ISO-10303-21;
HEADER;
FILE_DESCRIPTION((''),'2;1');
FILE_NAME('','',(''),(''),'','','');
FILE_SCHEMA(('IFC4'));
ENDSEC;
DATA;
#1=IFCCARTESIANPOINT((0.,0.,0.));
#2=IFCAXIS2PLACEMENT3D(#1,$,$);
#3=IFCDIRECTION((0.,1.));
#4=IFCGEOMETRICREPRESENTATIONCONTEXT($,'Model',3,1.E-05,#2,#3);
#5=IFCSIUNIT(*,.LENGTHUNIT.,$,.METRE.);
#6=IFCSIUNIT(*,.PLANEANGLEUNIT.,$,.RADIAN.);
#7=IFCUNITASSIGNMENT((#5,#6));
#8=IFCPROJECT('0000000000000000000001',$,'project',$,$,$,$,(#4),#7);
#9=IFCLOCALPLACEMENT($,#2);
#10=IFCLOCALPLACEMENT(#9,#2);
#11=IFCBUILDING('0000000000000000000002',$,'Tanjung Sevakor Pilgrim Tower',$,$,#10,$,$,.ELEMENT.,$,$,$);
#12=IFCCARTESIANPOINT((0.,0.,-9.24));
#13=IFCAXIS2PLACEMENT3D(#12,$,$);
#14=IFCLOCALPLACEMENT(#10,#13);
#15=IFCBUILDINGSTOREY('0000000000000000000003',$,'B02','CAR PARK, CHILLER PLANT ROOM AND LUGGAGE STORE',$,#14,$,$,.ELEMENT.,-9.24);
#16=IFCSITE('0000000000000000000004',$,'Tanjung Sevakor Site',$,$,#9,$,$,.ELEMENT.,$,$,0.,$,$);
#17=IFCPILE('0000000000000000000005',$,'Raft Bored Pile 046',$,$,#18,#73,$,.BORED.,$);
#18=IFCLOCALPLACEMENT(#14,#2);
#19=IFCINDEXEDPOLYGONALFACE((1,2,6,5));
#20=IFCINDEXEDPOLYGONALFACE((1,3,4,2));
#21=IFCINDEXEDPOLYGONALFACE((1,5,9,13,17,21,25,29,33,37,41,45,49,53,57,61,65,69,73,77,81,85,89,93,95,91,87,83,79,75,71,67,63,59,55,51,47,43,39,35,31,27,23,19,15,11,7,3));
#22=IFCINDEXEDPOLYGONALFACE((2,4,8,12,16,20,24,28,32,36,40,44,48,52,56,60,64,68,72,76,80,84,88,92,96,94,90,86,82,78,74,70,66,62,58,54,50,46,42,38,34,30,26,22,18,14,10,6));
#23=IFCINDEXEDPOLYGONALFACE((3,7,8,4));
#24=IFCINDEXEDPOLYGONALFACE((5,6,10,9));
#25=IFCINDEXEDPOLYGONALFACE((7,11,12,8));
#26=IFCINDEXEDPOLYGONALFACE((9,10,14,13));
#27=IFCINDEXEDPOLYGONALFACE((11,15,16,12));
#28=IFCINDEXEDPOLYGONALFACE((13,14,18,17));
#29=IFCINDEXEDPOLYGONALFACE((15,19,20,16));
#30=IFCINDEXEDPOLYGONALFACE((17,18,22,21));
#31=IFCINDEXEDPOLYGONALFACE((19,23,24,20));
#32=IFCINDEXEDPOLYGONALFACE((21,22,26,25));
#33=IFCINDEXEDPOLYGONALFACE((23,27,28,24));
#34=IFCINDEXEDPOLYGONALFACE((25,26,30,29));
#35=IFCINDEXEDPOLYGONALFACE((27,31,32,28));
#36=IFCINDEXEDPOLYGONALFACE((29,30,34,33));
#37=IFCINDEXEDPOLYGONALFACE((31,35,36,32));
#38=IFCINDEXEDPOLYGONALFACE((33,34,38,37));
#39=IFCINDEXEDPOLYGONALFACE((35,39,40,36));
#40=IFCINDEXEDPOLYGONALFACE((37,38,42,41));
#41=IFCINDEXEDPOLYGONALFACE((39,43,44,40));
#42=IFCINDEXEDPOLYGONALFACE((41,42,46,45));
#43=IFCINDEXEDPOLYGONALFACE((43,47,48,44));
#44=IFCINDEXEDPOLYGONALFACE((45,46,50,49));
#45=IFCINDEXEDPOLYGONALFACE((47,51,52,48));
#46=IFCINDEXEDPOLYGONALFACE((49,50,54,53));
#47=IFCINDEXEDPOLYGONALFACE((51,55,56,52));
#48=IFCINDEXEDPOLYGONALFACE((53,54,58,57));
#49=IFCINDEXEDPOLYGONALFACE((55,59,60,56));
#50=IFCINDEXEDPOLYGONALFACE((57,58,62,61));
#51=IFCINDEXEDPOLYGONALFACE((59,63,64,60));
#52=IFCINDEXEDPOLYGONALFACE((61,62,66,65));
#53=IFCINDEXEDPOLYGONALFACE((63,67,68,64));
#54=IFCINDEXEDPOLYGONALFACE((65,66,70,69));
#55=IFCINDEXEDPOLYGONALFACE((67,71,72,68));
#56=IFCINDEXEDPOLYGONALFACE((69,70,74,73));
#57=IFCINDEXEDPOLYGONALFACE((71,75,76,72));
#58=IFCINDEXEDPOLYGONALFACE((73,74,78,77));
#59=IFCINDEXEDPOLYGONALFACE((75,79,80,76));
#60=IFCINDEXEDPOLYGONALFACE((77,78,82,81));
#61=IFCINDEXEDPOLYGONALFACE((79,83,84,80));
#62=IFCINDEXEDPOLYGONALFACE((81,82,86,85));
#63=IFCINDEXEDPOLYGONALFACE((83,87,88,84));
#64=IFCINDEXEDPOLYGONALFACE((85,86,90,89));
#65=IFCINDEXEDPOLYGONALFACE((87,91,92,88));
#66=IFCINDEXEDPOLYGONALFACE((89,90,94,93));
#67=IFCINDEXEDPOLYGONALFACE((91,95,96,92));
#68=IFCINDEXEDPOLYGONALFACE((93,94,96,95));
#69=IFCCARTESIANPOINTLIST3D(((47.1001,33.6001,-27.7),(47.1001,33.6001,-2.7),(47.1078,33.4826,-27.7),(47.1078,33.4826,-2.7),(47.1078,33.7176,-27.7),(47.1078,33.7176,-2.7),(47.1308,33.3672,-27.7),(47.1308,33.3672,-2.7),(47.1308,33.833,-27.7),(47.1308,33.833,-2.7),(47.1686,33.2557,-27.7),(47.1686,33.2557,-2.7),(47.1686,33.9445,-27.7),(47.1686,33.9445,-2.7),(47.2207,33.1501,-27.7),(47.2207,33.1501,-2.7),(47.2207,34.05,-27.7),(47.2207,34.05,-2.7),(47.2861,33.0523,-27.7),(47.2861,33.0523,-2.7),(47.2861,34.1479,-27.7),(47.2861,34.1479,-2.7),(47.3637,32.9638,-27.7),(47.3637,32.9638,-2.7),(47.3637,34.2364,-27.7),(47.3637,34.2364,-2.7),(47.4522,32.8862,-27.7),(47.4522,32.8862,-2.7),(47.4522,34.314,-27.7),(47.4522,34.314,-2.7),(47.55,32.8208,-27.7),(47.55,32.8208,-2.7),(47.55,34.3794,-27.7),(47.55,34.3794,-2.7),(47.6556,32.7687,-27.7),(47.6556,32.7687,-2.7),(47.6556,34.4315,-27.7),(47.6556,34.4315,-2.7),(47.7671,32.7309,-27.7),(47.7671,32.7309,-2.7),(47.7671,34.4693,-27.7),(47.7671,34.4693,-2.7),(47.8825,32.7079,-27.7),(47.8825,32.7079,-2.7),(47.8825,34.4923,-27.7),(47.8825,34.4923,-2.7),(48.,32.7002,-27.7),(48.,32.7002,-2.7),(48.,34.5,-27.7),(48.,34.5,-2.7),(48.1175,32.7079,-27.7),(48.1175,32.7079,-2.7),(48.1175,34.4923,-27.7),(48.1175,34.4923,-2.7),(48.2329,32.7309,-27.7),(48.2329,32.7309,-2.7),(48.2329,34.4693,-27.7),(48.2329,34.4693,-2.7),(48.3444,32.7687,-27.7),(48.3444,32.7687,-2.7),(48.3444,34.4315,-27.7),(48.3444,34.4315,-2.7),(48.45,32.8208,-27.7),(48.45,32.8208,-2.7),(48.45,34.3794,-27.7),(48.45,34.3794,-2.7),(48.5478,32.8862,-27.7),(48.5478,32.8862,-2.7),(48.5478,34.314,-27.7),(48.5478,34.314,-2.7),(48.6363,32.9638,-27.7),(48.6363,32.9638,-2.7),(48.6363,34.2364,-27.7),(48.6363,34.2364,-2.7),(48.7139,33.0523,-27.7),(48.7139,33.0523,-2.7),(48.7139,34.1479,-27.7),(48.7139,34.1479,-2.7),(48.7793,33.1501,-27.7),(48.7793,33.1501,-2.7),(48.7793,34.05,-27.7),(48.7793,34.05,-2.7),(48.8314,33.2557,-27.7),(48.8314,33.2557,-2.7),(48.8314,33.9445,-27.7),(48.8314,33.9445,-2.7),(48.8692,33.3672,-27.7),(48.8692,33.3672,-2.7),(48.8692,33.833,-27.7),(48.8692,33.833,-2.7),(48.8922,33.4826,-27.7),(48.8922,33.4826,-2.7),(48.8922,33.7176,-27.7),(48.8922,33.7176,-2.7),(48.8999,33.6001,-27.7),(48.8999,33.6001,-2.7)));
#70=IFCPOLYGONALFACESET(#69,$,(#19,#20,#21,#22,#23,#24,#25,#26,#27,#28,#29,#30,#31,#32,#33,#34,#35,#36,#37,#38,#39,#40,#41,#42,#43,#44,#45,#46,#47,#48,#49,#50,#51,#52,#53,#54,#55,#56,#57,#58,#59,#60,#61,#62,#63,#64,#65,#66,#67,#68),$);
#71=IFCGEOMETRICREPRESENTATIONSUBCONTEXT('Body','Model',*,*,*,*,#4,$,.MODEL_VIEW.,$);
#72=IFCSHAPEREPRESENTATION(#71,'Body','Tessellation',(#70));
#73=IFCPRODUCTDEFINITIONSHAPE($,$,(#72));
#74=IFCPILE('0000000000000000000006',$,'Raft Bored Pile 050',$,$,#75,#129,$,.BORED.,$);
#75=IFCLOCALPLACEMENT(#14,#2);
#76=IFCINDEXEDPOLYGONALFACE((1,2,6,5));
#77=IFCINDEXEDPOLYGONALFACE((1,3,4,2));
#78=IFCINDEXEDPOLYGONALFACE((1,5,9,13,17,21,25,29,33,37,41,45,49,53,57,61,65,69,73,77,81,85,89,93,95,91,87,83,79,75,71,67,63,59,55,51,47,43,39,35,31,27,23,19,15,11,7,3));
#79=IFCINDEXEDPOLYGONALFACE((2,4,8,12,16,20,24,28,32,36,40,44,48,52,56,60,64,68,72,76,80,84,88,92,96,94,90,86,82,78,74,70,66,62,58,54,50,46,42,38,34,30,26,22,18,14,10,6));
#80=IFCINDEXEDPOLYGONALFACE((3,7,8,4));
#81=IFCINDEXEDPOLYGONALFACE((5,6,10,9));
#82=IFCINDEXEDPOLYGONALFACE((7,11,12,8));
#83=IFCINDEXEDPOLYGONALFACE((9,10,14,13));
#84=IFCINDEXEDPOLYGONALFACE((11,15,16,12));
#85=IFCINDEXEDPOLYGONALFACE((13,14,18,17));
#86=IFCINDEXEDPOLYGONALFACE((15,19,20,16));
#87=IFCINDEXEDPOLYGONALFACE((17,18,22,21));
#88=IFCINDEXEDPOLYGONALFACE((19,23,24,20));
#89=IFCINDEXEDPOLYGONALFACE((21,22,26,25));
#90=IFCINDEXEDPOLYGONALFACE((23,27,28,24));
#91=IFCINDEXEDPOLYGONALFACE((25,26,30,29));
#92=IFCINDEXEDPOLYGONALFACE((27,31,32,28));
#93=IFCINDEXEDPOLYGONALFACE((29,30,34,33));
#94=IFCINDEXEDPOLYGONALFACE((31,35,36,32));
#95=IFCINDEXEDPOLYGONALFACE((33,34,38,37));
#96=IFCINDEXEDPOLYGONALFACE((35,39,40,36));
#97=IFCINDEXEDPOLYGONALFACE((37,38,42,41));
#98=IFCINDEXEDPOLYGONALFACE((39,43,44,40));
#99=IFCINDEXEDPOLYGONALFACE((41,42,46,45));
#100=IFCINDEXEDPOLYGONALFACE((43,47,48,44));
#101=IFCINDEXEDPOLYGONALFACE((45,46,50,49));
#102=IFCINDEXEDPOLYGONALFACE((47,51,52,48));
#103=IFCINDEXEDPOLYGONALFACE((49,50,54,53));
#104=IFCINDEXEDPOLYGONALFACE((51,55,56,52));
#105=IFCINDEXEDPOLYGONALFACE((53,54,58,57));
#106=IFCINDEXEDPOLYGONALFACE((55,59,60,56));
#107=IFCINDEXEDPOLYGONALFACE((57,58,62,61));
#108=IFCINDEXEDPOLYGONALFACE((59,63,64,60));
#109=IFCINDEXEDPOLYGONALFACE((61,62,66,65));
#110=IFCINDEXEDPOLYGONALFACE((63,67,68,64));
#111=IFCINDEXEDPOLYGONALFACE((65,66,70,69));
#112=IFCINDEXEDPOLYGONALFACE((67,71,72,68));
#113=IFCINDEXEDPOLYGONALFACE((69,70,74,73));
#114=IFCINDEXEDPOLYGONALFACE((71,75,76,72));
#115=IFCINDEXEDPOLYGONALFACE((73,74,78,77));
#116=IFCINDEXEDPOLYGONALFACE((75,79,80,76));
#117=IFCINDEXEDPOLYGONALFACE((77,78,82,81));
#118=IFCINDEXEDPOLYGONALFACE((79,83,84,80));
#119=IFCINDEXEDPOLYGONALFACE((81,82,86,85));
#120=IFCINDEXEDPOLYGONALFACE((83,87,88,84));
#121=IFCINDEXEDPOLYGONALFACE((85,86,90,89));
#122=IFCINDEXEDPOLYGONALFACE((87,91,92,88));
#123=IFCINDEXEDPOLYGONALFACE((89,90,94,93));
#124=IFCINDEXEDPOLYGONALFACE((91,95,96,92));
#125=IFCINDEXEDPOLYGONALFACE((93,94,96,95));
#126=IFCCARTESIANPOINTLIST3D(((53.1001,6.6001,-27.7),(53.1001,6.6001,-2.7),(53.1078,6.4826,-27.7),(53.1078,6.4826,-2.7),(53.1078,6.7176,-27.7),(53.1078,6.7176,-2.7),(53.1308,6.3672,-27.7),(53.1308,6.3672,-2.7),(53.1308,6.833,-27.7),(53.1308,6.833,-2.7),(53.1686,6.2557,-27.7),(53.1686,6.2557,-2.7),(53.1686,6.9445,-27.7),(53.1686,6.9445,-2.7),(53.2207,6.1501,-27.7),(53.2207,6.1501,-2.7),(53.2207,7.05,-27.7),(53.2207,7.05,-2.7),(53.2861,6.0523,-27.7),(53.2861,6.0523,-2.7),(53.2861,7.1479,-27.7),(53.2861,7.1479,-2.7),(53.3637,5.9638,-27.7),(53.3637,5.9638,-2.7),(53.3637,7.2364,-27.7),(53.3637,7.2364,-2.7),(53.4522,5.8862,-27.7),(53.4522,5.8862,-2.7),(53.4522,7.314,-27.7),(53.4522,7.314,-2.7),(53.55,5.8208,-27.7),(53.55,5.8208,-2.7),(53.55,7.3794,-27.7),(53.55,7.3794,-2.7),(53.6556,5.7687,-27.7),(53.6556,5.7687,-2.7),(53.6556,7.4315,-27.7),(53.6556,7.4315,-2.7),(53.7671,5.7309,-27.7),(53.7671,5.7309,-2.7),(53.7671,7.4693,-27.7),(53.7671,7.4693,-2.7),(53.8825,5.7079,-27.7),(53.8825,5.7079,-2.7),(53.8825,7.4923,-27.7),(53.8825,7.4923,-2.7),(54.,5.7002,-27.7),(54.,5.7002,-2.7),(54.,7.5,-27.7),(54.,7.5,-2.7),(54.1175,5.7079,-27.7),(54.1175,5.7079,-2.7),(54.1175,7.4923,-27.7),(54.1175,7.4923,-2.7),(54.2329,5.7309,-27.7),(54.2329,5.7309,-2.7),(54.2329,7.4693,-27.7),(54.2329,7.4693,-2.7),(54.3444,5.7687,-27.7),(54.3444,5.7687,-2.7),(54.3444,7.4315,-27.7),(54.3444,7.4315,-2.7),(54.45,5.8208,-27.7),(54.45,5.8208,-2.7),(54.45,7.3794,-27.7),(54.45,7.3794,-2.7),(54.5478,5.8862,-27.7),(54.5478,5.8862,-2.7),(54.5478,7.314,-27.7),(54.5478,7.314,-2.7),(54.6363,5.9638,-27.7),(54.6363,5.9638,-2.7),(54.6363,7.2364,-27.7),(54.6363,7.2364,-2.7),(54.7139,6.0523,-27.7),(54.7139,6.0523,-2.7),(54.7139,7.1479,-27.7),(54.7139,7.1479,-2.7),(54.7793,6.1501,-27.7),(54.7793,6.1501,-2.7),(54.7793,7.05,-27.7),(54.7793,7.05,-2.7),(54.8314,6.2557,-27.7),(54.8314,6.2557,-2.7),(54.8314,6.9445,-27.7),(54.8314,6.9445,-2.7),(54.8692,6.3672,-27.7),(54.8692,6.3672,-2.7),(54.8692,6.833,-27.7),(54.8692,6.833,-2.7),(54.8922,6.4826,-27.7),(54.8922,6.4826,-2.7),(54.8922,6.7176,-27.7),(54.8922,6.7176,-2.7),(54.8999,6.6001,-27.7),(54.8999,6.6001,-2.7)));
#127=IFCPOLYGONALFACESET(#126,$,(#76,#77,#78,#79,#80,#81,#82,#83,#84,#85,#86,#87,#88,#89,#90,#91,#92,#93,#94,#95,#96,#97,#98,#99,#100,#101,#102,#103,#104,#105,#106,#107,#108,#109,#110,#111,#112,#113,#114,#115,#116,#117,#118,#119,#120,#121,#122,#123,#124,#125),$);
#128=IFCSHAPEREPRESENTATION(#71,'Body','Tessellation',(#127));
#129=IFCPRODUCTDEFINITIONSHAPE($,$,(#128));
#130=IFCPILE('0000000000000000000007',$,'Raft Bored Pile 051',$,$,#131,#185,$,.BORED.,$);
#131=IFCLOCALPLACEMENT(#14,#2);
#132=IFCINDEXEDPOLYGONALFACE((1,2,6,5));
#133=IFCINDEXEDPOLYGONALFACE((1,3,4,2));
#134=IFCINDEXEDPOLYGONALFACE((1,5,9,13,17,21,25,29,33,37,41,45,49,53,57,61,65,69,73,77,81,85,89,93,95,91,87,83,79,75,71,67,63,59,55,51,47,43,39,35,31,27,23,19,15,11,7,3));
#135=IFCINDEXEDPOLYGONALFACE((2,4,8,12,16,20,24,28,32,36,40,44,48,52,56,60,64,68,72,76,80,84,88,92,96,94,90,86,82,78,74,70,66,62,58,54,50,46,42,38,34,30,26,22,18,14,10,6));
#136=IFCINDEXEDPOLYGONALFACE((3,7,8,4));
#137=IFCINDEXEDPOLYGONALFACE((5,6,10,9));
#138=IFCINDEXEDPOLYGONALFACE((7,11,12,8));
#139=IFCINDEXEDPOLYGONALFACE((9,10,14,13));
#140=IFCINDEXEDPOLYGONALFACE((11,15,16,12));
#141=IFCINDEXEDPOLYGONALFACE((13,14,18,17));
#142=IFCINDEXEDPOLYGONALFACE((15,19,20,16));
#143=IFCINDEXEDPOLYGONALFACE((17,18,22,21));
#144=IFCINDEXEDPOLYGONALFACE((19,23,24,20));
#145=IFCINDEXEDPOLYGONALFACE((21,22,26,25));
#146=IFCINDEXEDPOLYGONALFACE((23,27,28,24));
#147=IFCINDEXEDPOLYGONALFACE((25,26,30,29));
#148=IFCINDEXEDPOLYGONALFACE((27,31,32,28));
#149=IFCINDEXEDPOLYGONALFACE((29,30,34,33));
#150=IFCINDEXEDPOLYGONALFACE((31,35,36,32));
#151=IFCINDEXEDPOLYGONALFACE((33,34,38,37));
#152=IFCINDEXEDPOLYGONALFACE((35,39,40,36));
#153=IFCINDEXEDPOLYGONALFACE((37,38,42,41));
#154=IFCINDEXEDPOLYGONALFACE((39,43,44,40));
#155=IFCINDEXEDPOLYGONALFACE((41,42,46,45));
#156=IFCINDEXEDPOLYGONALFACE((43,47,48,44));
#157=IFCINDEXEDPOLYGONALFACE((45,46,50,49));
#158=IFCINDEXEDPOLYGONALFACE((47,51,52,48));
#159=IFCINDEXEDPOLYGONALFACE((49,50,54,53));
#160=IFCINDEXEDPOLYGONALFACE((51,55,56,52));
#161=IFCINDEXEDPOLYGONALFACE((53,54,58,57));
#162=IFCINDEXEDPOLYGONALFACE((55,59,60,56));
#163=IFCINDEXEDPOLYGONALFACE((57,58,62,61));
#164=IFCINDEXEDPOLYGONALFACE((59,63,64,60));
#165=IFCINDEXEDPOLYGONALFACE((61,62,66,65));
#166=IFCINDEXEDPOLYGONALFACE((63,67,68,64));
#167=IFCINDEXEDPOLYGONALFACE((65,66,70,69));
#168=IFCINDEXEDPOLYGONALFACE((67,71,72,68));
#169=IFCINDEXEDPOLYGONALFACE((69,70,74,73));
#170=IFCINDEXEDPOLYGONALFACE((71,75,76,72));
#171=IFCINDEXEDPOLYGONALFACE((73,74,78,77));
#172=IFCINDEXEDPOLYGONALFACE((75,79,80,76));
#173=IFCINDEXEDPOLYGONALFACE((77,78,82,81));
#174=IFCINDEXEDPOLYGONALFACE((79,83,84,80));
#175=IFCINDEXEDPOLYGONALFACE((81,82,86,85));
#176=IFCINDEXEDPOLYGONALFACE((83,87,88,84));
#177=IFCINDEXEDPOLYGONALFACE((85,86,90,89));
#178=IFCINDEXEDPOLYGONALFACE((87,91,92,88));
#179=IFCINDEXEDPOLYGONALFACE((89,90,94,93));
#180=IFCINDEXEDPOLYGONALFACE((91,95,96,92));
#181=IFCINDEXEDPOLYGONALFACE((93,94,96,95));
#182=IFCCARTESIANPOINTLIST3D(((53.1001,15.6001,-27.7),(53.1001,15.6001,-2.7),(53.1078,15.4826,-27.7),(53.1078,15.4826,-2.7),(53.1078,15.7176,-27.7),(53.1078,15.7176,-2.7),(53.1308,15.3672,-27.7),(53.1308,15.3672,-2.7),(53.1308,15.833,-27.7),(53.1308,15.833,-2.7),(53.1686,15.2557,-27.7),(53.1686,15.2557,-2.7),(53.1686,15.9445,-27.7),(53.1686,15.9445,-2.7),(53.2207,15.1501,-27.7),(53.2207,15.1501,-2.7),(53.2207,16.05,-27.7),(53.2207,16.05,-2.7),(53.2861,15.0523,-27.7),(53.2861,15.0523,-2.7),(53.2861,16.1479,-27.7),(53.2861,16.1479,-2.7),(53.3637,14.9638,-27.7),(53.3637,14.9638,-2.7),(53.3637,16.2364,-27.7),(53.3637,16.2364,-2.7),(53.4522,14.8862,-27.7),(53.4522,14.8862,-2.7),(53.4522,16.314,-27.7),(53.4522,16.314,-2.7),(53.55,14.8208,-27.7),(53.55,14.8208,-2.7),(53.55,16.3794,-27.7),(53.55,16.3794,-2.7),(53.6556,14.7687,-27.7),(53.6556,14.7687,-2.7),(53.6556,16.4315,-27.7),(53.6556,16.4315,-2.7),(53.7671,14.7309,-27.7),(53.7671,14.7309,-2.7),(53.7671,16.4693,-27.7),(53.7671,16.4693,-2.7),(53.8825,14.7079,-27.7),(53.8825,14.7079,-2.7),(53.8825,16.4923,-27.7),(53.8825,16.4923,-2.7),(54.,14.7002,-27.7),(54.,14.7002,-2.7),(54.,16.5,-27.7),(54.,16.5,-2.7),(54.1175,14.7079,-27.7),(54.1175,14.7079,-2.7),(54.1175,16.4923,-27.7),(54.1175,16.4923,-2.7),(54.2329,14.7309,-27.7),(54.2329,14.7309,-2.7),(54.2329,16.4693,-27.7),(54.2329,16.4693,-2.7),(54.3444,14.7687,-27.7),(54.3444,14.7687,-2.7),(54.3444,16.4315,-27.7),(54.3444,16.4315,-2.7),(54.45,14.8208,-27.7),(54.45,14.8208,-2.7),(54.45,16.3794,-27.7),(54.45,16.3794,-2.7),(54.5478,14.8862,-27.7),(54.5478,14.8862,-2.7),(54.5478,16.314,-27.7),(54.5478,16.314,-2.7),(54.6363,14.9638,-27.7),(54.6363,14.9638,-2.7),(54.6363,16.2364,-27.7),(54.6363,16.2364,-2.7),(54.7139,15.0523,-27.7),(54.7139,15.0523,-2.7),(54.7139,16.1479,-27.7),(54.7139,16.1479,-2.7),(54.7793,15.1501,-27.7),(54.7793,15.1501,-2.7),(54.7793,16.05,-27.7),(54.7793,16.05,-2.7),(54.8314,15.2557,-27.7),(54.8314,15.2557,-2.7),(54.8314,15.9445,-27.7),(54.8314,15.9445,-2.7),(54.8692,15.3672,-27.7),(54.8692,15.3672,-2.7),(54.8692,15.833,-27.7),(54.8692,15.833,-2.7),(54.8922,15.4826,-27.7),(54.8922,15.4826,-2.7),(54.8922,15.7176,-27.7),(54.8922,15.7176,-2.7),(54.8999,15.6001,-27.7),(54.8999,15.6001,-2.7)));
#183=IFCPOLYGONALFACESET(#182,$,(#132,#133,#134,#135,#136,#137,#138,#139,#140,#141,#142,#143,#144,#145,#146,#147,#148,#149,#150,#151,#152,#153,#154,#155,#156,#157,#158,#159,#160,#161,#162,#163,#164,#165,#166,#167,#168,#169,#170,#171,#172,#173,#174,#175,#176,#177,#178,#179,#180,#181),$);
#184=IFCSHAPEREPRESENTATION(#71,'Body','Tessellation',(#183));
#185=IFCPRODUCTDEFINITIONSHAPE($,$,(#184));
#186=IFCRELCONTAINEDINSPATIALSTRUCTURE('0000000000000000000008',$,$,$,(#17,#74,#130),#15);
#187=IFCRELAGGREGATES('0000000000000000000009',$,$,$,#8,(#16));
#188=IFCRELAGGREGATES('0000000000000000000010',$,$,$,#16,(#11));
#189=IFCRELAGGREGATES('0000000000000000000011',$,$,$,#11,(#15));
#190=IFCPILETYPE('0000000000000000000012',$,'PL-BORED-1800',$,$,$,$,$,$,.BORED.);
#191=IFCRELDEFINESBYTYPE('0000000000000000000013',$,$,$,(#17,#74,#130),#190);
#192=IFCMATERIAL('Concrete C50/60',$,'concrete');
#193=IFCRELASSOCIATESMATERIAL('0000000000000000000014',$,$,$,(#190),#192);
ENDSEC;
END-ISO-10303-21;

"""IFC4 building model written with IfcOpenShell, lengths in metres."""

from ifc_helpers import new_model, si_unit, direction, frame, origin, origin_2d, place, context, subcontext, project, spatial, circle, extrude, material, material_profile, profile_set, type_object, element, save


model = new_model("IFC4")

# Units and contexts
model_context = context("Model", 3, precision=1e-05, world=origin(), true_north=direction((0.0, 1.0)))
body_context = subcontext(model_context, "Body", "Model", "MODEL_VIEW")
ifc_project = project(units=[si_unit("LENGTHUNIT", "METRE"), si_unit("PLANEANGLEUNIT", "RADIAN")], contexts=[model_context])

# Site, building, storey
site_placement = place(None, origin())
site = spatial("IfcSite", under=ifc_project, at=site_placement, Name="Tanjung Sevakor Site", CompositionType="ELEMENT", RefElevation=0.0)
building_placement = place(site_placement, origin())
building = spatial("IfcBuilding", under=site, at=building_placement, Name="Tanjung Sevakor Pilgrim Tower", CompositionType="ELEMENT")
storey_placement = place(building_placement, frame((0.0, 0.0, -9.24)))
storey = spatial("IfcBuildingStorey", under=building, at=storey_placement, Name="B02", Description="CAR PARK, CHILLER PLANT ROOM AND LUGGAGE STORE", CompositionType="ELEMENT", Elevation=-9.24)

# Piles
ifc_material_1 = material(Name="Concrete C50/60", Category="concrete")
ifc_material_profile_1 = material_profile(ifc_material_1, circle(Radius=0.8999, at=origin_2d()))
ifc_profile_set_1 = profile_set([ifc_material_profile_1], Name="Concrete C50/60")
pile_type = type_object("IfcPileType", Name="PL-BORED-1800", PredefinedType="BORED", material=ifc_profile_set_1)
for number, where, z_axis, x_axis, name in (
    (1, (48.0, 33.6001, -2.7), (0.0, 0.0, -1.0), (1.0, 0.0, 0.0), "Raft Bored Pile 046"),
    (2, (54.0, 6.6001, -2.7), (0.0, 0.0, -1.0), (1.0, 0.0, 0.0), "Raft Bored Pile 050"),
    (3, (54.0, 15.6001, -2.7), (0.0, 0.0, -1.0), (1.0, 0.0, 0.0), "Raft Bored Pile 051"),
):
    element("IfcPile", number, at=place(storey_placement, frame(where, z_axis=z_axis, x_axis=x_axis)), inside=storey, type_object=pile_type, Name=name, PredefinedType="BORED", context=body_context, shape_type="SweptSolid", body=[
        extrude(circle(Radius=0.8999, at=origin_2d()), origin(), (0.0, 0.0, 1.0), 25.0),
    ])

save(model, "model.ifc")
